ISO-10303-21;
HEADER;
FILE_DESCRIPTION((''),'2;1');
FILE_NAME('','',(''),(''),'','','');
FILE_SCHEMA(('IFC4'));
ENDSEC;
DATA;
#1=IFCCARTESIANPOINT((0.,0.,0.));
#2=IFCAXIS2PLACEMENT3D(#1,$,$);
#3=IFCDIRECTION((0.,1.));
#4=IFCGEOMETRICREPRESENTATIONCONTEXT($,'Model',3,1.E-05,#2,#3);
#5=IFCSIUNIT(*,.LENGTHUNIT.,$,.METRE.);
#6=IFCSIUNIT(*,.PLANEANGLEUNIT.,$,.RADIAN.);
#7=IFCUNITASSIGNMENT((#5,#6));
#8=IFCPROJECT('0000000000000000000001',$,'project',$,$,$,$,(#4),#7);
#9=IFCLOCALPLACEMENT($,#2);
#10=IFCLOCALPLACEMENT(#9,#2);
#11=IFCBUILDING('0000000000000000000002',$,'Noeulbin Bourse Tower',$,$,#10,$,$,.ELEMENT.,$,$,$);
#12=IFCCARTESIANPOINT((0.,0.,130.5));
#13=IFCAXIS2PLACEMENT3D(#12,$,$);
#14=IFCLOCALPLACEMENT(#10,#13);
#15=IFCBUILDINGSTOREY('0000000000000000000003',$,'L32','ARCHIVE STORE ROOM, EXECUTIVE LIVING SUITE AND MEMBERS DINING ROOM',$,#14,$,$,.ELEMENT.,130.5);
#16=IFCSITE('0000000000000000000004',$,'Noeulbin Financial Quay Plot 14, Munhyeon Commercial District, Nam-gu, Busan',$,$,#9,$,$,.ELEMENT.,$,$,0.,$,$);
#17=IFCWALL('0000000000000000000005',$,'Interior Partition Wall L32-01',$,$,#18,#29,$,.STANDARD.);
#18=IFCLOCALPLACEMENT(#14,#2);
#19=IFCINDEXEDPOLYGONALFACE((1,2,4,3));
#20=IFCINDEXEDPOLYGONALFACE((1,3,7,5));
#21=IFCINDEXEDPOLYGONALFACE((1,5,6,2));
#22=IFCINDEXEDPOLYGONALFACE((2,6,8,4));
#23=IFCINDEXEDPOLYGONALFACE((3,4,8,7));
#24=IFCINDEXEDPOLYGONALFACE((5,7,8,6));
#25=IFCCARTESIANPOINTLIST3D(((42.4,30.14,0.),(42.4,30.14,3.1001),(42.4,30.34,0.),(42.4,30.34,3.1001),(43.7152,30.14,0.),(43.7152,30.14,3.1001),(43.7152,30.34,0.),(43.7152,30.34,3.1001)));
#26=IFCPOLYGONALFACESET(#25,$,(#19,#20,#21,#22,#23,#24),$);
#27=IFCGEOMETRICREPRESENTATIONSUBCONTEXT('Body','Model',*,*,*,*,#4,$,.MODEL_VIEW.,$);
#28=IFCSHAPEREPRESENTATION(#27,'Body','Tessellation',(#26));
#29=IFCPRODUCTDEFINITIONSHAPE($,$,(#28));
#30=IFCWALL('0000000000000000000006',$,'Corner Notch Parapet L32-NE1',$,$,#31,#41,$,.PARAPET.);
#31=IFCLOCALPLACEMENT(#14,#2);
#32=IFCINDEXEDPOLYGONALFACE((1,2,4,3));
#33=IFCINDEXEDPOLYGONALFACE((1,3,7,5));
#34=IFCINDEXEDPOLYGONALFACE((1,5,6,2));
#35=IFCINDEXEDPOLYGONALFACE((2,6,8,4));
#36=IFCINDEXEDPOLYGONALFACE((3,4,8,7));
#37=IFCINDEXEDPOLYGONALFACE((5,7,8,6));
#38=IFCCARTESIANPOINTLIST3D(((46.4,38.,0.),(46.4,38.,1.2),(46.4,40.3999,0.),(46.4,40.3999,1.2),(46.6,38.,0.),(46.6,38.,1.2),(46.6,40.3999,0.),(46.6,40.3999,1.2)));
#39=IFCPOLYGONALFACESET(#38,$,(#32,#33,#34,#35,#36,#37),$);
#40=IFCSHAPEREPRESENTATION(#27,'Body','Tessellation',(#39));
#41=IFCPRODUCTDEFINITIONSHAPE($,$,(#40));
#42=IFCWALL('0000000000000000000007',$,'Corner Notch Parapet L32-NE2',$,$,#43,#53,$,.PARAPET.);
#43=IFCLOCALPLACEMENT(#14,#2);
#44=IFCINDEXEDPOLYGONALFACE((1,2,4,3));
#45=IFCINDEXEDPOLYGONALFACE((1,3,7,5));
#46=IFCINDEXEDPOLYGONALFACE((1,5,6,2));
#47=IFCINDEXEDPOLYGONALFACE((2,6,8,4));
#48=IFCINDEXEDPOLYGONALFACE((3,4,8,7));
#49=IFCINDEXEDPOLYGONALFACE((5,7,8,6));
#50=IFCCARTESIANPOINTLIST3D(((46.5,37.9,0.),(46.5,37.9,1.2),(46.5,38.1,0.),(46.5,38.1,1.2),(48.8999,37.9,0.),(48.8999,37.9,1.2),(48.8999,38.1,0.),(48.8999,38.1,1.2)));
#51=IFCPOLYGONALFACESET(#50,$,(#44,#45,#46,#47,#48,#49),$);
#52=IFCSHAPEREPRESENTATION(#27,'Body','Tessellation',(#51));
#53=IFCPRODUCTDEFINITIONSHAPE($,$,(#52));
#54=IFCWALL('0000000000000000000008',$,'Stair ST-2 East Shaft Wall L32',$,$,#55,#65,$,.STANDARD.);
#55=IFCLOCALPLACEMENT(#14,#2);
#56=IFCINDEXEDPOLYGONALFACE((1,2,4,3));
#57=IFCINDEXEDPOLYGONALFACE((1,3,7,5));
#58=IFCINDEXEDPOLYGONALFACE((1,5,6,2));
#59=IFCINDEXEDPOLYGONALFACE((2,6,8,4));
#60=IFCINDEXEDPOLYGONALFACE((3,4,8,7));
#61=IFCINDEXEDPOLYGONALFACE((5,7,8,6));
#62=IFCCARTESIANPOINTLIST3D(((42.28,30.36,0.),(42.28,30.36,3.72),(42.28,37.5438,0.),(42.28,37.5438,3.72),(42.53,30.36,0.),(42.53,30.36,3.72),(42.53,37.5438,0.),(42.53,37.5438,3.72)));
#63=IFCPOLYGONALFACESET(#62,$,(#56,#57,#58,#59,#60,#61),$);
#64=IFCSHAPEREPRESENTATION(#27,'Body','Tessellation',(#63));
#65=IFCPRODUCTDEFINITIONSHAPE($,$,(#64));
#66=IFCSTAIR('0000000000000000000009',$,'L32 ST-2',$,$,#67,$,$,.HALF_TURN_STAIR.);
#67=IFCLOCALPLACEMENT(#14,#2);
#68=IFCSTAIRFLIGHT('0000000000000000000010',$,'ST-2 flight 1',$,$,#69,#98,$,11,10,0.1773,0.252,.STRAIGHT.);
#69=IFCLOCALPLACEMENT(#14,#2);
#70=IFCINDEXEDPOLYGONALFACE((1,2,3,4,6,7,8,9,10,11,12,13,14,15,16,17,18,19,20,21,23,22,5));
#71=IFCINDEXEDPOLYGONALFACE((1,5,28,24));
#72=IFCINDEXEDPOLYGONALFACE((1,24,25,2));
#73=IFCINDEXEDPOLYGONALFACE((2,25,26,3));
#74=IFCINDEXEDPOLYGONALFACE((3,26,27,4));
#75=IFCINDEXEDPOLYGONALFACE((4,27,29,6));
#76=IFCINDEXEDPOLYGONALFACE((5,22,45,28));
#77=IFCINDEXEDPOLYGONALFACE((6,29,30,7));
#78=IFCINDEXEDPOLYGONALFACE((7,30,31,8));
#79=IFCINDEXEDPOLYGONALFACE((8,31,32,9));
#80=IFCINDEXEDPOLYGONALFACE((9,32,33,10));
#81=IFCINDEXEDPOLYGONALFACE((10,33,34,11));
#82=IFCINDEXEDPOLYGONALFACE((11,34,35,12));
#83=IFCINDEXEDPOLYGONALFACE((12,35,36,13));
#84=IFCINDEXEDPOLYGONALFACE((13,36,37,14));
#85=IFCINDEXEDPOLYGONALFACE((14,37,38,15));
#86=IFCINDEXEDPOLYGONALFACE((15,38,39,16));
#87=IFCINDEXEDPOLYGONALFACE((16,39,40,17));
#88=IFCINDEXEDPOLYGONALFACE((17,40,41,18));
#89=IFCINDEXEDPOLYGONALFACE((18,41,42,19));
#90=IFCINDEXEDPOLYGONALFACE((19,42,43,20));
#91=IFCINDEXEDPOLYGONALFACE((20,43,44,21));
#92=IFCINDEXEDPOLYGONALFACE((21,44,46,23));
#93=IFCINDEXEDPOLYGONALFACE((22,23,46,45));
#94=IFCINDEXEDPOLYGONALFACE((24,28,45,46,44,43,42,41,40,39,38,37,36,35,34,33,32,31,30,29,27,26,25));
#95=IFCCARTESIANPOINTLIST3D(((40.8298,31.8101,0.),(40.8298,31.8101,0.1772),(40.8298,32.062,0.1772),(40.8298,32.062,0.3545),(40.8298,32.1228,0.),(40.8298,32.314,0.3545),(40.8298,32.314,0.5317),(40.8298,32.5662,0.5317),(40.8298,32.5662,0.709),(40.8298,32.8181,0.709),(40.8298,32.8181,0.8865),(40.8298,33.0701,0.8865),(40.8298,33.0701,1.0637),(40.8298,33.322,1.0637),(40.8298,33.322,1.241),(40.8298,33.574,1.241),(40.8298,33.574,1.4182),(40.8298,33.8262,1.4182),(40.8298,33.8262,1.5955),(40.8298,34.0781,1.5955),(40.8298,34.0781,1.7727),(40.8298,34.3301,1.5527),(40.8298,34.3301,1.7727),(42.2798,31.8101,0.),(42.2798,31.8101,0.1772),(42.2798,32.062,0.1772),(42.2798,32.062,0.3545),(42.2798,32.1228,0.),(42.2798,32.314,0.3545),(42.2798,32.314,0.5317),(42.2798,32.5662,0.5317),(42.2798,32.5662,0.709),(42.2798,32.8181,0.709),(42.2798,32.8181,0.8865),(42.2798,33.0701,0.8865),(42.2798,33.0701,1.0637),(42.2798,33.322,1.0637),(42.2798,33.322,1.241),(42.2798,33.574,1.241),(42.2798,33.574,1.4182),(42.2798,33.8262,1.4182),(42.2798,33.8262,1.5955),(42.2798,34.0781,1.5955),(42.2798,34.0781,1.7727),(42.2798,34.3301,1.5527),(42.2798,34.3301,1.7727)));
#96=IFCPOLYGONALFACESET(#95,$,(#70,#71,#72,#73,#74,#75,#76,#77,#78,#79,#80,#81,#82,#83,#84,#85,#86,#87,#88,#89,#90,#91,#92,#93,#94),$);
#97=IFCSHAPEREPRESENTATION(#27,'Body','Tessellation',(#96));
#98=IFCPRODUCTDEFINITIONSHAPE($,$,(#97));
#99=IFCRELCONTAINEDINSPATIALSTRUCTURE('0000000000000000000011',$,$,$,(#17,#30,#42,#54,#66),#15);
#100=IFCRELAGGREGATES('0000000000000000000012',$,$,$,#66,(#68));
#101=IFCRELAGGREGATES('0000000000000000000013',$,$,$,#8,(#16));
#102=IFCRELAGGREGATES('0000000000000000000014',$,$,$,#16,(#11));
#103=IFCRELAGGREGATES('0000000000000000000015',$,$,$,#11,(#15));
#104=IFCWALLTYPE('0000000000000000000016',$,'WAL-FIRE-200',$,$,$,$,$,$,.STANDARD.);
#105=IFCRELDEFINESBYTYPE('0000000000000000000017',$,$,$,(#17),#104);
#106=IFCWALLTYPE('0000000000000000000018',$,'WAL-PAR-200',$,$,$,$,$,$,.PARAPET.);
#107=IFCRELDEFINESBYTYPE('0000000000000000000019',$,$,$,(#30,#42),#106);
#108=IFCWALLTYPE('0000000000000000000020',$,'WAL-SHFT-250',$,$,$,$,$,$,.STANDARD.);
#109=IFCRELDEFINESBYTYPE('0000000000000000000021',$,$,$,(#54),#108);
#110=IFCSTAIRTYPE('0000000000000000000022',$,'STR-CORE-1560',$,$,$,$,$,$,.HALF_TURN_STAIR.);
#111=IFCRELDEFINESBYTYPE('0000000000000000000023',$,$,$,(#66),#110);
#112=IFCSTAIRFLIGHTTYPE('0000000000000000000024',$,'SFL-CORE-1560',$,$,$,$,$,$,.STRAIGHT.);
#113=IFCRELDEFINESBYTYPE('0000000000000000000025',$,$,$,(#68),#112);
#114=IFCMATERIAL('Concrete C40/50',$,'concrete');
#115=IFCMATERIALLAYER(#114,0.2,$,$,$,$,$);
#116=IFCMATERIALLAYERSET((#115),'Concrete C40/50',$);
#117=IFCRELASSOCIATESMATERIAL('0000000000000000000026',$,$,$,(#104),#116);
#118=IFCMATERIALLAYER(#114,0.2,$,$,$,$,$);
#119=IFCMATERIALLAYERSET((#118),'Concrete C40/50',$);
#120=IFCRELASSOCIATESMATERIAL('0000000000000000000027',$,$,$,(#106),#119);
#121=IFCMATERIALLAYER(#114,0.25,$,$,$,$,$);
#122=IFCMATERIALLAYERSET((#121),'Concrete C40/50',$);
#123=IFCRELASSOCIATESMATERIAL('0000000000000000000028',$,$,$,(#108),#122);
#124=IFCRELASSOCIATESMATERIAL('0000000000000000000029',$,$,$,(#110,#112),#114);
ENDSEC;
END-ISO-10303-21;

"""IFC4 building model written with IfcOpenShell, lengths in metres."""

from ifc_helpers import new_model, si_unit, direction, frame, frame_2d, origin, place, context, subcontext, project, spatial, polyline, rectangle, outline, extrude, material, layer, layer_set, type_object, element, aggregate, save


model = new_model("IFC4")

# Units and contexts
model_context = context("Model", 3, precision=1e-05, world=origin(), true_north=direction((0.0, 1.0)))
body_context = subcontext(model_context, "Body", "Model", "MODEL_VIEW")
ifc_project = project(units=[si_unit("LENGTHUNIT", "METRE"), si_unit("PLANEANGLEUNIT", "RADIAN")], contexts=[model_context])

# Site, building, storey
site_placement = place(None, origin())
site = spatial("IfcSite", under=ifc_project, at=site_placement, Name="Noeulbin Financial Quay Plot 14, Munhyeon Commercial District, Nam-gu, Busan", CompositionType="ELEMENT", RefElevation=0.0)
building_placement = place(site_placement, origin())
building = spatial("IfcBuilding", under=site, at=building_placement, Name="Noeulbin Bourse Tower", CompositionType="ELEMENT")
storey_placement = place(building_placement, frame((0.0, 0.0, 130.5)))
storey = spatial("IfcBuildingStorey", under=building, at=storey_placement, Name="L32", Description="ARCHIVE STORE ROOM, EXECUTIVE LIVING SUITE AND MEMBERS DINING ROOM", CompositionType="ELEMENT", Elevation=130.5)

# Walls
ifc_material_1 = material(Name="Concrete C40/50", Category="concrete")
ifc_layer_1 = layer(ifc_material_1, 0.2)
ifc_layer_set_1 = layer_set([ifc_layer_1], Name="Concrete C40/50")
wall_type_1 = type_object("IfcWallType", Name="WAL-FIRE-200", PredefinedType="STANDARD", material=ifc_layer_set_1)
wall_1_placement = place(storey_placement, frame((42.3999, 30.24, 0.0), z_axis=(0.0, 0.0, 1.0), x_axis=(1.0, 0.0, 0.0)))
element("IfcWall", 1, at=wall_1_placement, inside=storey, type_object=wall_type_1, Name="Interior Partition Wall L32-01", PredefinedType="STANDARD", context=body_context, shape_type="SweptSolid", body=[
    extrude(rectangle(XDim=1.3152, YDim=0.2, at=frame_2d((0.6577, 0.0))), origin(), (0.0, 0.0, 1.0), 3.1001),
])
ifc_layer_2 = layer(ifc_material_1, 0.2)
ifc_layer_set_2 = layer_set([ifc_layer_2], Name="Concrete C40/50")
wall_type_2 = type_object("IfcWallType", Name="WAL-PAR-200", PredefinedType="PARAPET", material=ifc_layer_set_2)
for number, where, z_axis, x_axis, name in (
    (2, (46.5, 40.3999, 0.0), (0.0, 0.0, 1.0), (0.0, -1.0, 0.0), "Corner Notch Parapet L32-NE1"),
    (3, (46.5, 38.0, 0.0), (0.0, 0.0, 1.0), (1.0, 0.0, 0.0), "Corner Notch Parapet L32-NE2"),
):
    element("IfcWall", number, at=place(storey_placement, frame(where, z_axis=z_axis, x_axis=x_axis)), inside=storey, type_object=wall_type_2, Name=name, PredefinedType="PARAPET", context=body_context, shape_type="SweptSolid", body=[
        extrude(rectangle(XDim=2.3999, YDim=0.2, at=frame_2d((1.2, 0.0))), origin(), (0.0, 0.0, 1.0), 1.2),
    ])
ifc_layer_3 = layer(ifc_material_1, 0.25)
ifc_layer_set_3 = layer_set([ifc_layer_3], Name="Concrete C40/50")
wall_type_3 = type_object("IfcWallType", Name="WAL-SHFT-250", PredefinedType="STANDARD", material=ifc_layer_set_3)
wall_2_placement = place(storey_placement, frame((42.405, 30.3601, 0.0), z_axis=(0.0, 0.0, 1.0), x_axis=(0.0, 1.0, 0.0)))
element("IfcWall", 4, at=wall_2_placement, inside=storey, type_object=wall_type_3, Name="Stair ST-2 East Shaft Wall L32", PredefinedType="STANDARD", context=body_context, shape_type="SweptSolid", body=[
    extrude(rectangle(XDim=7.1838, YDim=0.25, at=frame_2d((3.5918, 0.0))), origin(), (0.0, 0.0, 1.0), 3.72),
])

# Stair, stair flight
stair_type = type_object("IfcStairType", Name="STR-CORE-1560", PredefinedType="HALF_TURN_STAIR", material=ifc_material_1)
stair_placement = place(storey_placement, origin())
stair = element("IfcStair", 5, at=stair_placement, inside=storey, type_object=stair_type, Name="L32 ST-2", PredefinedType="HALF_TURN_STAIR")
stair_flight_type = type_object("IfcStairFlightType", Name="SFL-CORE-1560", PredefinedType="STRAIGHT", material=ifc_material_1)
stair_flight_placement = place(storey_placement, frame((41.5549, 31.8101, 0.0), z_axis=(0.0, 0.0, 1.0), x_axis=(0.0, 1.0, 0.0)))
stair_flight = element("IfcStairFlight", 6, at=stair_flight_placement, type_object=stair_flight_type, Name="ST-2 flight 1", NumberOfRisers=11, NumberOfTreads=10, PredefinedType="STRAIGHT", RiserHeight=0.1773, TreadLength=0.252, context=body_context, shape_type="SweptSolid", body=[
    extrude(outline(polyline([(0.0, 0.0), (0.0, 0.1772), (0.252, 0.1772), (0.252, 0.3545), (0.5039, 0.3545), (0.5039, 0.5317), (0.7561, 0.5317), (0.7561, 0.709), (1.0081, 0.709), (1.0081, 0.8865), (1.26, 0.8865), (1.26, 1.0637), (1.512, 1.0637), (1.512, 1.241), (1.7639, 1.241), (1.7639, 1.4182), (2.0161, 1.4182), (2.0161, 1.5955), (2.2681, 1.5955), (2.2681, 1.7727), (2.52, 1.7727), (2.52, 1.95), (2.52, 1.5527), (0.3127, 0.0), (0.0, 0.0)])), frame((0.0, 0.7251, 0.0), z_axis=(0.0, -1.0, 0.0), x_axis=(1.0, 0.0, 0.0)), (0.0, 0.0, 1.0), 1.45),
])
aggregate(stair, [stair_flight])

save(model, "model.ifc")
